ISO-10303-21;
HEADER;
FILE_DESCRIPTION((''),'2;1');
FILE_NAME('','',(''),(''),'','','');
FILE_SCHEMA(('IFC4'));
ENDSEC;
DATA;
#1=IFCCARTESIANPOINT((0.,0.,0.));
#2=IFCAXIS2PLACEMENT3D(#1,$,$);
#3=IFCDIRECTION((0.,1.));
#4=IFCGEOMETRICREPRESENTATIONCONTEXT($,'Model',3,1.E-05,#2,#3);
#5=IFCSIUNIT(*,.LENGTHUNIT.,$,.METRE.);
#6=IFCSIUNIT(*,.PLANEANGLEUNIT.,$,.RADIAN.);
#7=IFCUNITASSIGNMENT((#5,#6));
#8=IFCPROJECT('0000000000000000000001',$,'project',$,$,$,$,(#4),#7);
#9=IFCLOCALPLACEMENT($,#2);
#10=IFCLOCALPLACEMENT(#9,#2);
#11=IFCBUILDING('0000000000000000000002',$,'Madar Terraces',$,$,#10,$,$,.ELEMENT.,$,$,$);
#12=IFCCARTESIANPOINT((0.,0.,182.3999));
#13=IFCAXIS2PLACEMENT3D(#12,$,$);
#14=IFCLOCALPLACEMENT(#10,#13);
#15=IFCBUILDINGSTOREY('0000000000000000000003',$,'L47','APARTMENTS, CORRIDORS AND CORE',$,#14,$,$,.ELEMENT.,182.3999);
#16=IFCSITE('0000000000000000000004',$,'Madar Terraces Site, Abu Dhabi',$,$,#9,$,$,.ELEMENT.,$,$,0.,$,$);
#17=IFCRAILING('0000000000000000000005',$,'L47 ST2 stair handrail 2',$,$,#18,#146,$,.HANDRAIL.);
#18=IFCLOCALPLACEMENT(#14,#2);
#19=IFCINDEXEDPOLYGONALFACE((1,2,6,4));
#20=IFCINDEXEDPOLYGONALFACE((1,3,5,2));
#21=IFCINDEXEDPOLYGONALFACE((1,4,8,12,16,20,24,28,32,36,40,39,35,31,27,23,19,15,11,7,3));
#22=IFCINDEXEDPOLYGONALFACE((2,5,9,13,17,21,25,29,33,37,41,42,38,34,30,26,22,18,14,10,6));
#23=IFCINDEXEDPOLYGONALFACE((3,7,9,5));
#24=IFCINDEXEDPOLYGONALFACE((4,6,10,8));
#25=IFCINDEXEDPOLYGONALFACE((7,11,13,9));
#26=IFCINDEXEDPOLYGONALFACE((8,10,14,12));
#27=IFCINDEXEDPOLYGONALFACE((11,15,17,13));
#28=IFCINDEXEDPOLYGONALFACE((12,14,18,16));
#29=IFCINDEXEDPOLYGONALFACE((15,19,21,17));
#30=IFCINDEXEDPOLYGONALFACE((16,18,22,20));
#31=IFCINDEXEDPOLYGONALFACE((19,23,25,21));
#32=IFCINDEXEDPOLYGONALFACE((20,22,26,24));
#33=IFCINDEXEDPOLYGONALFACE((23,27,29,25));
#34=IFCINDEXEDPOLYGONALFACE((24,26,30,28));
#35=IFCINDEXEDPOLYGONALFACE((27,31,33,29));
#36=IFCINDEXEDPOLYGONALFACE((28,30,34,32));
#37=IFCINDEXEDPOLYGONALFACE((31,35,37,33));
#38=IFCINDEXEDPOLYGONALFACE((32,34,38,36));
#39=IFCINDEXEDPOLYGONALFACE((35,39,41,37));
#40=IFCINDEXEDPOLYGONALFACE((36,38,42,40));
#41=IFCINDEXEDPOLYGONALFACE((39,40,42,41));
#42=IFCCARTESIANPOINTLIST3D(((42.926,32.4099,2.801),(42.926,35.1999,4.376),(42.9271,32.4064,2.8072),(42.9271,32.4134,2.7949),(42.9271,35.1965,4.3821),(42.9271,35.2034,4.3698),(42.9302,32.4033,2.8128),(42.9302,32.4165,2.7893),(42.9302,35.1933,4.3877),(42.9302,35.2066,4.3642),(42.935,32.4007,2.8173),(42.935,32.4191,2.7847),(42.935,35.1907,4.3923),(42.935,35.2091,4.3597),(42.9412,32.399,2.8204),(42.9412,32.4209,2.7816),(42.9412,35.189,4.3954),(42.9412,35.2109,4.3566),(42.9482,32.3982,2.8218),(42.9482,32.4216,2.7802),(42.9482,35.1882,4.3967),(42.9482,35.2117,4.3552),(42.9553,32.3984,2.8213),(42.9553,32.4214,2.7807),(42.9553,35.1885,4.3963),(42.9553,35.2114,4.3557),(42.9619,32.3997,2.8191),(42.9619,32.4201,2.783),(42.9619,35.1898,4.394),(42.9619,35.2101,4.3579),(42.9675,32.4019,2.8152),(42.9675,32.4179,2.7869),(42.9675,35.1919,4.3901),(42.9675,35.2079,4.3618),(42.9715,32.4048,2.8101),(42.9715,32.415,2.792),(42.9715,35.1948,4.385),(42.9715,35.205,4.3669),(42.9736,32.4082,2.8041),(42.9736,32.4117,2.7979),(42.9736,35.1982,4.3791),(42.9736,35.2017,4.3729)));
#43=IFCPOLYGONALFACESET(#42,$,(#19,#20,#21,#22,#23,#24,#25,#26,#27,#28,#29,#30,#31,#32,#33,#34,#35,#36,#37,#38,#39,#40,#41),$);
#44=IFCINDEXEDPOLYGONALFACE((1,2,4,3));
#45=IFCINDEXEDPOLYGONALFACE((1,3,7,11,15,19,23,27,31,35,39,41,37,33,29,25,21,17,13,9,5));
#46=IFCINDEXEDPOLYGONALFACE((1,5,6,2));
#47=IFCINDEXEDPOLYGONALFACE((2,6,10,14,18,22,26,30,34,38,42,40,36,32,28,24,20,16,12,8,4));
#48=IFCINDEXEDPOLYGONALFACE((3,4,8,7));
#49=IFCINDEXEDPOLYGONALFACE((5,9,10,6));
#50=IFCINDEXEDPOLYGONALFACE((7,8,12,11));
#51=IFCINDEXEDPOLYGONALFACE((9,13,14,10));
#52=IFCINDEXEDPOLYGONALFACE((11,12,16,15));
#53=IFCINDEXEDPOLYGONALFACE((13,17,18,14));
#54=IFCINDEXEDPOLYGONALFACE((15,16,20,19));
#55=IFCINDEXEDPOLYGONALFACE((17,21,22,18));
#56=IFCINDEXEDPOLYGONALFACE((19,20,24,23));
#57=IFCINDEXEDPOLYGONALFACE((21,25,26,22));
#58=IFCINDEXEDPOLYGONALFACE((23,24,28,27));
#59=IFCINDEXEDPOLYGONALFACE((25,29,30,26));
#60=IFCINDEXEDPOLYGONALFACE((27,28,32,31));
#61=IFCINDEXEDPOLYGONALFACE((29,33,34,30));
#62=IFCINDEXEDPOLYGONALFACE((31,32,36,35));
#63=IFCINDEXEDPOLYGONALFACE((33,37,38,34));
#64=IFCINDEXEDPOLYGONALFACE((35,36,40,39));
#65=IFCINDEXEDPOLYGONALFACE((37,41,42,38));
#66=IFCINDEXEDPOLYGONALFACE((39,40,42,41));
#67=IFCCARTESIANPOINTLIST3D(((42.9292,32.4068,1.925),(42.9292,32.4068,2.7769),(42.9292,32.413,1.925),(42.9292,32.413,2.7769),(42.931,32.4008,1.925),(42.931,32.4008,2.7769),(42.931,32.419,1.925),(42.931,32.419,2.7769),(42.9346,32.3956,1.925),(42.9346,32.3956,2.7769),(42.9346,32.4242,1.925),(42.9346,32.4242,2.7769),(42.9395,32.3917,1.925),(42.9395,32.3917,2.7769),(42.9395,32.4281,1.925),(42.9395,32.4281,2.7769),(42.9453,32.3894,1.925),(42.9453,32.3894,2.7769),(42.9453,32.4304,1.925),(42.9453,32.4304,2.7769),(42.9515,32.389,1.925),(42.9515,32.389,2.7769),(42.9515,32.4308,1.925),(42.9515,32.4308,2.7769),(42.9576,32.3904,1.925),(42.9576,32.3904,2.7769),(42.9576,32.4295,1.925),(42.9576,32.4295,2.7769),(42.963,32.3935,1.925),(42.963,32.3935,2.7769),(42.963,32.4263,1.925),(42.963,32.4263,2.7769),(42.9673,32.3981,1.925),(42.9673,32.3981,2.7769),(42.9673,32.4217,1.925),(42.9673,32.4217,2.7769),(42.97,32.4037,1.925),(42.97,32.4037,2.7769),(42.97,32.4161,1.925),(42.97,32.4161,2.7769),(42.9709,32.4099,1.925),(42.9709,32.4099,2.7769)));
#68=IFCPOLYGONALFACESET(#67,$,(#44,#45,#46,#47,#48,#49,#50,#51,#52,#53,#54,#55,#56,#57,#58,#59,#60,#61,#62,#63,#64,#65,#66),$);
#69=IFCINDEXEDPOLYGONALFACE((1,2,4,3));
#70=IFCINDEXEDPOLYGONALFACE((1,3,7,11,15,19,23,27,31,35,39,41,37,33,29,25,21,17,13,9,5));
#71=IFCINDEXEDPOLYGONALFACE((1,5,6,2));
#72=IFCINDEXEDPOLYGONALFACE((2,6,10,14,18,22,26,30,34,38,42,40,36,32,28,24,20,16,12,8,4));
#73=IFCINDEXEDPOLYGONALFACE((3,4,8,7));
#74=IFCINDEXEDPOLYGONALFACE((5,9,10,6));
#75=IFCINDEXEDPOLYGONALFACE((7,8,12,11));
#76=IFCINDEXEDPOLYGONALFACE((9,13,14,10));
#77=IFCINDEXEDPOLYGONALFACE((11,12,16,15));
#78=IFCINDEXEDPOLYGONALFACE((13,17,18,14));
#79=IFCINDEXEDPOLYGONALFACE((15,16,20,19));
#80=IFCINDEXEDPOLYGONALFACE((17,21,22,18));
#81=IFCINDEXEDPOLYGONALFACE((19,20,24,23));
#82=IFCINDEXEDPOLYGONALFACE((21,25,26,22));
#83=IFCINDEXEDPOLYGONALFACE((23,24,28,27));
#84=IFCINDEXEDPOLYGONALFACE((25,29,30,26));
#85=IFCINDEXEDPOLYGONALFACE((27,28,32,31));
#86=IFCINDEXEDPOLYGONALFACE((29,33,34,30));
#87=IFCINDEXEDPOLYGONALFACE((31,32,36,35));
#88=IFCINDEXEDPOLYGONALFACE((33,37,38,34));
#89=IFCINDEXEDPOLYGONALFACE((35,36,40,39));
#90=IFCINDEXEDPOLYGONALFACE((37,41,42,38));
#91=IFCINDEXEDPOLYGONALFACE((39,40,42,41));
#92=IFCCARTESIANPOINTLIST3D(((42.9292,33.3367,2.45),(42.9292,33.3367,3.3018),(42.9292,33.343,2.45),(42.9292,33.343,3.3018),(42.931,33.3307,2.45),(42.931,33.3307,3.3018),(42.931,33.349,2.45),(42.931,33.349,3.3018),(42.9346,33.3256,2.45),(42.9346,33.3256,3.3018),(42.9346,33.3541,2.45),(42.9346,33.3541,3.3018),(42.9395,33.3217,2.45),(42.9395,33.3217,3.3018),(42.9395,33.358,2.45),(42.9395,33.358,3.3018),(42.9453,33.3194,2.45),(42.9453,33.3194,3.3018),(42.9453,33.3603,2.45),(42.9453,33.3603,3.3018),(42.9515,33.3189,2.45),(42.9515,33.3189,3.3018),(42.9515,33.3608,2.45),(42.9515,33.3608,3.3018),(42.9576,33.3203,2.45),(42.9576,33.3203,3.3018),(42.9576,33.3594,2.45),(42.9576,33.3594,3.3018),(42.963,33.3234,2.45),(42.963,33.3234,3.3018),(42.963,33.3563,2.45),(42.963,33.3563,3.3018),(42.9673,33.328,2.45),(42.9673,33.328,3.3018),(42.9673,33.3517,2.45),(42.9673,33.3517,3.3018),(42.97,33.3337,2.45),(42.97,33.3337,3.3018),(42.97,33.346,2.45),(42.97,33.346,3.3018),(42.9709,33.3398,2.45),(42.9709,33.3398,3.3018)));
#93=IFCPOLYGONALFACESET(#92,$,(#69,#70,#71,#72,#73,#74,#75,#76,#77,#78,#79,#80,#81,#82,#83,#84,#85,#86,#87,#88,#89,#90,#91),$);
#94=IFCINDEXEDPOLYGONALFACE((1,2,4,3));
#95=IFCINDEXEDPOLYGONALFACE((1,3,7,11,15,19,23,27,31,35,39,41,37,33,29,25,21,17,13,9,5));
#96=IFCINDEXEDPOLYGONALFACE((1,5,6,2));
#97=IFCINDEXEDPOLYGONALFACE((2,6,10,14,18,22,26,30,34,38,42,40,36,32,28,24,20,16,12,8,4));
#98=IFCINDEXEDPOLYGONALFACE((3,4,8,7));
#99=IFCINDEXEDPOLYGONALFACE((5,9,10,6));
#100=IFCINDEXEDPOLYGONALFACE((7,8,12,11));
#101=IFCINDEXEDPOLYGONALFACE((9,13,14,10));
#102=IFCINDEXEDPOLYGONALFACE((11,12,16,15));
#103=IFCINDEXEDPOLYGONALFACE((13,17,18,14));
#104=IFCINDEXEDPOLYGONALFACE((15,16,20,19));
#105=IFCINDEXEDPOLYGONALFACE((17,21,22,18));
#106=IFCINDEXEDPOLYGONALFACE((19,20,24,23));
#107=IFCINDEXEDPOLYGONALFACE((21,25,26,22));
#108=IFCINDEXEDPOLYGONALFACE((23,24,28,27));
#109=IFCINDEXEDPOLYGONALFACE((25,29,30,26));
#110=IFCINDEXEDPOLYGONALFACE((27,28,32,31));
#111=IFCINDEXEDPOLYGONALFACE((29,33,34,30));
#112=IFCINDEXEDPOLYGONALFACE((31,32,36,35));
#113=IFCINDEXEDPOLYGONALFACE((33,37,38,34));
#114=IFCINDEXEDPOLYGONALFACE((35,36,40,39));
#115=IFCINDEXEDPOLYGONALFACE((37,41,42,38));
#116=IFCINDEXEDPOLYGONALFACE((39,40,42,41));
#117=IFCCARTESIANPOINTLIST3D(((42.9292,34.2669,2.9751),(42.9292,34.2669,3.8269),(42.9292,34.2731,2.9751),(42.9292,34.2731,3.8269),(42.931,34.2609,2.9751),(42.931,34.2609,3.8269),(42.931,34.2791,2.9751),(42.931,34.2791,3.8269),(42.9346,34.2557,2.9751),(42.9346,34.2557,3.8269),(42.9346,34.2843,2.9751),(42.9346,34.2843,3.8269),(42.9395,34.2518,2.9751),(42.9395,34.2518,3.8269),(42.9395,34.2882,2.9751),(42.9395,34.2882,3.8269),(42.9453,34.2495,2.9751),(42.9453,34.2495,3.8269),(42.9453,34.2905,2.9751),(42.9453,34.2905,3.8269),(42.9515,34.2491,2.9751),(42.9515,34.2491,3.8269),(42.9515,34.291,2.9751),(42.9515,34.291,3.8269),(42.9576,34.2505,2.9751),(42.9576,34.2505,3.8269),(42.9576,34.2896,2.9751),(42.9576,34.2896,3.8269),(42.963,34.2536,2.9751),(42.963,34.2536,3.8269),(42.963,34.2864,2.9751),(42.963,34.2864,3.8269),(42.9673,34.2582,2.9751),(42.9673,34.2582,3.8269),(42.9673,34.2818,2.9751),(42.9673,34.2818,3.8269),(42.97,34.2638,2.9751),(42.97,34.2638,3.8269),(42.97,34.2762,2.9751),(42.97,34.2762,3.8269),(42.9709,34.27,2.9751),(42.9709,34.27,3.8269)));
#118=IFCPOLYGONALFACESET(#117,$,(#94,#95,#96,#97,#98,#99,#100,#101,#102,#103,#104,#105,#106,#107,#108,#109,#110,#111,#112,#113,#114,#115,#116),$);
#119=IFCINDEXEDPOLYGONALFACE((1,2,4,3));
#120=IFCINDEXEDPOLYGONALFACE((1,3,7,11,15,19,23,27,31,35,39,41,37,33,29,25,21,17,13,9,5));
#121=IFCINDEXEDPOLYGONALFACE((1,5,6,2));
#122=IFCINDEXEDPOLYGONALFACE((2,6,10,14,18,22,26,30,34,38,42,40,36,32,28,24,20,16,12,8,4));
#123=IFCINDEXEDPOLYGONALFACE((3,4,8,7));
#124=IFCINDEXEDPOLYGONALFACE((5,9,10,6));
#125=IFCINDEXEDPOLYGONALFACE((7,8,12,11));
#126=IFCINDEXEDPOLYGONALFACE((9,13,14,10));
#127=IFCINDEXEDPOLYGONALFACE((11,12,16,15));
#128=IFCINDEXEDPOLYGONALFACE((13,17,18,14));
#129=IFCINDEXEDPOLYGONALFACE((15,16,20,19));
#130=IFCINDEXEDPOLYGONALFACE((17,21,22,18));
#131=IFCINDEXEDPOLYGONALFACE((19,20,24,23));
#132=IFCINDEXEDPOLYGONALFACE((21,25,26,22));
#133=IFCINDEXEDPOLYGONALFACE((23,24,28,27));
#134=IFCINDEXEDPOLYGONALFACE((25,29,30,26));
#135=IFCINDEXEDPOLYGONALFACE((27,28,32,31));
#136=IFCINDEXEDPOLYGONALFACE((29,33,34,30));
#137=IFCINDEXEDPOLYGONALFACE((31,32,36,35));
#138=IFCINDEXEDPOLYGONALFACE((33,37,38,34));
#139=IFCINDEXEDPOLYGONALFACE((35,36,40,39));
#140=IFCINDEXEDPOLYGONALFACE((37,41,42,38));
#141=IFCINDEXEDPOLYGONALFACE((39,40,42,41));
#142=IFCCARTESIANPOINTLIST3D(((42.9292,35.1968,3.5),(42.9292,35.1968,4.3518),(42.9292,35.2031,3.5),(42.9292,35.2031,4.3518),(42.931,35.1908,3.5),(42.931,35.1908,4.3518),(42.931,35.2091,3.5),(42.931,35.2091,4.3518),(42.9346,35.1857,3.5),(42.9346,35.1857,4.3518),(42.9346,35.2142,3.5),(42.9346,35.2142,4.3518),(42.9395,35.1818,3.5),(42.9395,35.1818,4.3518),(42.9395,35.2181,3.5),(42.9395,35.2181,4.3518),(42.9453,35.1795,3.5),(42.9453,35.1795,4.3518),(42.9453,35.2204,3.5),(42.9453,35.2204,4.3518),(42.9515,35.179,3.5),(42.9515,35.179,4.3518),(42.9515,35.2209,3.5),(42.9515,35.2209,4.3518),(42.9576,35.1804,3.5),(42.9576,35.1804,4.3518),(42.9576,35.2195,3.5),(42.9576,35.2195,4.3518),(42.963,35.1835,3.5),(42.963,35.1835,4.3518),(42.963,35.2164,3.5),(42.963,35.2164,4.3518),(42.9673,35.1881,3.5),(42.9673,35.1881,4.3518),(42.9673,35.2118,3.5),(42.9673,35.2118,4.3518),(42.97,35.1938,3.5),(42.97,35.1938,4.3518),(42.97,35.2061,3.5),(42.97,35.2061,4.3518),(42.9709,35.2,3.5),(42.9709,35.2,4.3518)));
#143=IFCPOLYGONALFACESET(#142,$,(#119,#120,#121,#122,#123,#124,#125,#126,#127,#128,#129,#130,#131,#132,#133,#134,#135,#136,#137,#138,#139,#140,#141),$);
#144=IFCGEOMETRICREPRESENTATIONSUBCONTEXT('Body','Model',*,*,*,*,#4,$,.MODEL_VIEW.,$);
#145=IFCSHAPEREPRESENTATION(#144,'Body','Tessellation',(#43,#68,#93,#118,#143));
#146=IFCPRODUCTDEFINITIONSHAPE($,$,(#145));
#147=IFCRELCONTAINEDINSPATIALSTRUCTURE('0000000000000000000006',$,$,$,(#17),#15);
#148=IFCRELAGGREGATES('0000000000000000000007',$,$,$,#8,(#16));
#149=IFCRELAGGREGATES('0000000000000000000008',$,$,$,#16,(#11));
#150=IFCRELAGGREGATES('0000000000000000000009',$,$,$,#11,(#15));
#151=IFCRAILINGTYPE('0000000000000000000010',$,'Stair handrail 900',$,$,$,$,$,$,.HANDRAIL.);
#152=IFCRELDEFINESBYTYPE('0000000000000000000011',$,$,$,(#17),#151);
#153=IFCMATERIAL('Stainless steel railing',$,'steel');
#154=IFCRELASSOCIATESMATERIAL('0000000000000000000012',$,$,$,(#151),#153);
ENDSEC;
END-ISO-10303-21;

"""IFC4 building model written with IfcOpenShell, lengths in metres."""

from ifc_helpers import new_model, si_unit, direction, frame, origin, origin_2d, place, context, subcontext, project, spatial, circle, extrude, material, type_object, element, save


model = new_model("IFC4")

# Units and contexts
model_context = context("Model", 3, precision=1e-05, world=origin(), true_north=direction((0.0, 1.0)))
body_context = subcontext(model_context, "Body", "Model", "MODEL_VIEW")
ifc_project = project(units=[si_unit("LENGTHUNIT", "METRE"), si_unit("PLANEANGLEUNIT", "RADIAN")], contexts=[model_context])

# Site, building, storey
site_placement = place(None, origin())
site = spatial("IfcSite", under=ifc_project, at=site_placement, Name="Madar Terraces Site, Abu Dhabi", CompositionType="ELEMENT", RefElevation=0.0)
building_placement = place(site_placement, origin())
building = spatial("IfcBuilding", under=site, at=building_placement, Name="Madar Terraces", CompositionType="ELEMENT")
storey_placement = place(building_placement, frame((0.0, 0.0, 182.3999)))
storey = spatial("IfcBuildingStorey", under=building, at=storey_placement, Name="L47", Description="APARTMENTS, CORRIDORS AND CORE", CompositionType="ELEMENT", Elevation=182.3999)

# Railing
ifc_material_1 = material(Name="Stainless steel railing", Category="steel")
railing_type_1 = type_object("IfcRailingType", Name="Stair handrail 900", PredefinedType="HANDRAIL", material=ifc_material_1)
railing_1_placement = place(storey_placement, frame((42.95, 32.4099, 1.925)))
element("IfcRailing", 1, at=railing_1_placement, inside=storey, type_object=railing_type_1, Name="L47 ST2 stair handrail 2", PredefinedType="HANDRAIL", context=body_context, shape_type="SweptSolid", body=[
    extrude(circle(Radius=0.0239, at=origin_2d()), frame((0.0, 0.0, 0.876), z_axis=(0.0, 0.870834, 0.491578), x_axis=(-1.0, 0.0, 0.0)), (0.0, 0.0, 1.0), 3.2039),
    extrude(circle(Radius=0.021, at=origin_2d()), origin(), (0.0, 0.0, 1.0), 0.8518),
    extrude(circle(Radius=0.021, at=origin_2d()), frame((0.0, 0.9299, 0.5249)), (0.0, 0.0, 1.0), 0.8518),
    extrude(circle(Radius=0.021, at=origin_2d()), frame((0.0, 1.8601, 1.05)), (0.0, 0.0, 1.0), 0.8518),
    extrude(circle(Radius=0.021, at=origin_2d()), frame((0.0, 2.79, 1.575)), (0.0, 0.0, 1.0), 0.8518),
])

save(model, "model.ifc")
